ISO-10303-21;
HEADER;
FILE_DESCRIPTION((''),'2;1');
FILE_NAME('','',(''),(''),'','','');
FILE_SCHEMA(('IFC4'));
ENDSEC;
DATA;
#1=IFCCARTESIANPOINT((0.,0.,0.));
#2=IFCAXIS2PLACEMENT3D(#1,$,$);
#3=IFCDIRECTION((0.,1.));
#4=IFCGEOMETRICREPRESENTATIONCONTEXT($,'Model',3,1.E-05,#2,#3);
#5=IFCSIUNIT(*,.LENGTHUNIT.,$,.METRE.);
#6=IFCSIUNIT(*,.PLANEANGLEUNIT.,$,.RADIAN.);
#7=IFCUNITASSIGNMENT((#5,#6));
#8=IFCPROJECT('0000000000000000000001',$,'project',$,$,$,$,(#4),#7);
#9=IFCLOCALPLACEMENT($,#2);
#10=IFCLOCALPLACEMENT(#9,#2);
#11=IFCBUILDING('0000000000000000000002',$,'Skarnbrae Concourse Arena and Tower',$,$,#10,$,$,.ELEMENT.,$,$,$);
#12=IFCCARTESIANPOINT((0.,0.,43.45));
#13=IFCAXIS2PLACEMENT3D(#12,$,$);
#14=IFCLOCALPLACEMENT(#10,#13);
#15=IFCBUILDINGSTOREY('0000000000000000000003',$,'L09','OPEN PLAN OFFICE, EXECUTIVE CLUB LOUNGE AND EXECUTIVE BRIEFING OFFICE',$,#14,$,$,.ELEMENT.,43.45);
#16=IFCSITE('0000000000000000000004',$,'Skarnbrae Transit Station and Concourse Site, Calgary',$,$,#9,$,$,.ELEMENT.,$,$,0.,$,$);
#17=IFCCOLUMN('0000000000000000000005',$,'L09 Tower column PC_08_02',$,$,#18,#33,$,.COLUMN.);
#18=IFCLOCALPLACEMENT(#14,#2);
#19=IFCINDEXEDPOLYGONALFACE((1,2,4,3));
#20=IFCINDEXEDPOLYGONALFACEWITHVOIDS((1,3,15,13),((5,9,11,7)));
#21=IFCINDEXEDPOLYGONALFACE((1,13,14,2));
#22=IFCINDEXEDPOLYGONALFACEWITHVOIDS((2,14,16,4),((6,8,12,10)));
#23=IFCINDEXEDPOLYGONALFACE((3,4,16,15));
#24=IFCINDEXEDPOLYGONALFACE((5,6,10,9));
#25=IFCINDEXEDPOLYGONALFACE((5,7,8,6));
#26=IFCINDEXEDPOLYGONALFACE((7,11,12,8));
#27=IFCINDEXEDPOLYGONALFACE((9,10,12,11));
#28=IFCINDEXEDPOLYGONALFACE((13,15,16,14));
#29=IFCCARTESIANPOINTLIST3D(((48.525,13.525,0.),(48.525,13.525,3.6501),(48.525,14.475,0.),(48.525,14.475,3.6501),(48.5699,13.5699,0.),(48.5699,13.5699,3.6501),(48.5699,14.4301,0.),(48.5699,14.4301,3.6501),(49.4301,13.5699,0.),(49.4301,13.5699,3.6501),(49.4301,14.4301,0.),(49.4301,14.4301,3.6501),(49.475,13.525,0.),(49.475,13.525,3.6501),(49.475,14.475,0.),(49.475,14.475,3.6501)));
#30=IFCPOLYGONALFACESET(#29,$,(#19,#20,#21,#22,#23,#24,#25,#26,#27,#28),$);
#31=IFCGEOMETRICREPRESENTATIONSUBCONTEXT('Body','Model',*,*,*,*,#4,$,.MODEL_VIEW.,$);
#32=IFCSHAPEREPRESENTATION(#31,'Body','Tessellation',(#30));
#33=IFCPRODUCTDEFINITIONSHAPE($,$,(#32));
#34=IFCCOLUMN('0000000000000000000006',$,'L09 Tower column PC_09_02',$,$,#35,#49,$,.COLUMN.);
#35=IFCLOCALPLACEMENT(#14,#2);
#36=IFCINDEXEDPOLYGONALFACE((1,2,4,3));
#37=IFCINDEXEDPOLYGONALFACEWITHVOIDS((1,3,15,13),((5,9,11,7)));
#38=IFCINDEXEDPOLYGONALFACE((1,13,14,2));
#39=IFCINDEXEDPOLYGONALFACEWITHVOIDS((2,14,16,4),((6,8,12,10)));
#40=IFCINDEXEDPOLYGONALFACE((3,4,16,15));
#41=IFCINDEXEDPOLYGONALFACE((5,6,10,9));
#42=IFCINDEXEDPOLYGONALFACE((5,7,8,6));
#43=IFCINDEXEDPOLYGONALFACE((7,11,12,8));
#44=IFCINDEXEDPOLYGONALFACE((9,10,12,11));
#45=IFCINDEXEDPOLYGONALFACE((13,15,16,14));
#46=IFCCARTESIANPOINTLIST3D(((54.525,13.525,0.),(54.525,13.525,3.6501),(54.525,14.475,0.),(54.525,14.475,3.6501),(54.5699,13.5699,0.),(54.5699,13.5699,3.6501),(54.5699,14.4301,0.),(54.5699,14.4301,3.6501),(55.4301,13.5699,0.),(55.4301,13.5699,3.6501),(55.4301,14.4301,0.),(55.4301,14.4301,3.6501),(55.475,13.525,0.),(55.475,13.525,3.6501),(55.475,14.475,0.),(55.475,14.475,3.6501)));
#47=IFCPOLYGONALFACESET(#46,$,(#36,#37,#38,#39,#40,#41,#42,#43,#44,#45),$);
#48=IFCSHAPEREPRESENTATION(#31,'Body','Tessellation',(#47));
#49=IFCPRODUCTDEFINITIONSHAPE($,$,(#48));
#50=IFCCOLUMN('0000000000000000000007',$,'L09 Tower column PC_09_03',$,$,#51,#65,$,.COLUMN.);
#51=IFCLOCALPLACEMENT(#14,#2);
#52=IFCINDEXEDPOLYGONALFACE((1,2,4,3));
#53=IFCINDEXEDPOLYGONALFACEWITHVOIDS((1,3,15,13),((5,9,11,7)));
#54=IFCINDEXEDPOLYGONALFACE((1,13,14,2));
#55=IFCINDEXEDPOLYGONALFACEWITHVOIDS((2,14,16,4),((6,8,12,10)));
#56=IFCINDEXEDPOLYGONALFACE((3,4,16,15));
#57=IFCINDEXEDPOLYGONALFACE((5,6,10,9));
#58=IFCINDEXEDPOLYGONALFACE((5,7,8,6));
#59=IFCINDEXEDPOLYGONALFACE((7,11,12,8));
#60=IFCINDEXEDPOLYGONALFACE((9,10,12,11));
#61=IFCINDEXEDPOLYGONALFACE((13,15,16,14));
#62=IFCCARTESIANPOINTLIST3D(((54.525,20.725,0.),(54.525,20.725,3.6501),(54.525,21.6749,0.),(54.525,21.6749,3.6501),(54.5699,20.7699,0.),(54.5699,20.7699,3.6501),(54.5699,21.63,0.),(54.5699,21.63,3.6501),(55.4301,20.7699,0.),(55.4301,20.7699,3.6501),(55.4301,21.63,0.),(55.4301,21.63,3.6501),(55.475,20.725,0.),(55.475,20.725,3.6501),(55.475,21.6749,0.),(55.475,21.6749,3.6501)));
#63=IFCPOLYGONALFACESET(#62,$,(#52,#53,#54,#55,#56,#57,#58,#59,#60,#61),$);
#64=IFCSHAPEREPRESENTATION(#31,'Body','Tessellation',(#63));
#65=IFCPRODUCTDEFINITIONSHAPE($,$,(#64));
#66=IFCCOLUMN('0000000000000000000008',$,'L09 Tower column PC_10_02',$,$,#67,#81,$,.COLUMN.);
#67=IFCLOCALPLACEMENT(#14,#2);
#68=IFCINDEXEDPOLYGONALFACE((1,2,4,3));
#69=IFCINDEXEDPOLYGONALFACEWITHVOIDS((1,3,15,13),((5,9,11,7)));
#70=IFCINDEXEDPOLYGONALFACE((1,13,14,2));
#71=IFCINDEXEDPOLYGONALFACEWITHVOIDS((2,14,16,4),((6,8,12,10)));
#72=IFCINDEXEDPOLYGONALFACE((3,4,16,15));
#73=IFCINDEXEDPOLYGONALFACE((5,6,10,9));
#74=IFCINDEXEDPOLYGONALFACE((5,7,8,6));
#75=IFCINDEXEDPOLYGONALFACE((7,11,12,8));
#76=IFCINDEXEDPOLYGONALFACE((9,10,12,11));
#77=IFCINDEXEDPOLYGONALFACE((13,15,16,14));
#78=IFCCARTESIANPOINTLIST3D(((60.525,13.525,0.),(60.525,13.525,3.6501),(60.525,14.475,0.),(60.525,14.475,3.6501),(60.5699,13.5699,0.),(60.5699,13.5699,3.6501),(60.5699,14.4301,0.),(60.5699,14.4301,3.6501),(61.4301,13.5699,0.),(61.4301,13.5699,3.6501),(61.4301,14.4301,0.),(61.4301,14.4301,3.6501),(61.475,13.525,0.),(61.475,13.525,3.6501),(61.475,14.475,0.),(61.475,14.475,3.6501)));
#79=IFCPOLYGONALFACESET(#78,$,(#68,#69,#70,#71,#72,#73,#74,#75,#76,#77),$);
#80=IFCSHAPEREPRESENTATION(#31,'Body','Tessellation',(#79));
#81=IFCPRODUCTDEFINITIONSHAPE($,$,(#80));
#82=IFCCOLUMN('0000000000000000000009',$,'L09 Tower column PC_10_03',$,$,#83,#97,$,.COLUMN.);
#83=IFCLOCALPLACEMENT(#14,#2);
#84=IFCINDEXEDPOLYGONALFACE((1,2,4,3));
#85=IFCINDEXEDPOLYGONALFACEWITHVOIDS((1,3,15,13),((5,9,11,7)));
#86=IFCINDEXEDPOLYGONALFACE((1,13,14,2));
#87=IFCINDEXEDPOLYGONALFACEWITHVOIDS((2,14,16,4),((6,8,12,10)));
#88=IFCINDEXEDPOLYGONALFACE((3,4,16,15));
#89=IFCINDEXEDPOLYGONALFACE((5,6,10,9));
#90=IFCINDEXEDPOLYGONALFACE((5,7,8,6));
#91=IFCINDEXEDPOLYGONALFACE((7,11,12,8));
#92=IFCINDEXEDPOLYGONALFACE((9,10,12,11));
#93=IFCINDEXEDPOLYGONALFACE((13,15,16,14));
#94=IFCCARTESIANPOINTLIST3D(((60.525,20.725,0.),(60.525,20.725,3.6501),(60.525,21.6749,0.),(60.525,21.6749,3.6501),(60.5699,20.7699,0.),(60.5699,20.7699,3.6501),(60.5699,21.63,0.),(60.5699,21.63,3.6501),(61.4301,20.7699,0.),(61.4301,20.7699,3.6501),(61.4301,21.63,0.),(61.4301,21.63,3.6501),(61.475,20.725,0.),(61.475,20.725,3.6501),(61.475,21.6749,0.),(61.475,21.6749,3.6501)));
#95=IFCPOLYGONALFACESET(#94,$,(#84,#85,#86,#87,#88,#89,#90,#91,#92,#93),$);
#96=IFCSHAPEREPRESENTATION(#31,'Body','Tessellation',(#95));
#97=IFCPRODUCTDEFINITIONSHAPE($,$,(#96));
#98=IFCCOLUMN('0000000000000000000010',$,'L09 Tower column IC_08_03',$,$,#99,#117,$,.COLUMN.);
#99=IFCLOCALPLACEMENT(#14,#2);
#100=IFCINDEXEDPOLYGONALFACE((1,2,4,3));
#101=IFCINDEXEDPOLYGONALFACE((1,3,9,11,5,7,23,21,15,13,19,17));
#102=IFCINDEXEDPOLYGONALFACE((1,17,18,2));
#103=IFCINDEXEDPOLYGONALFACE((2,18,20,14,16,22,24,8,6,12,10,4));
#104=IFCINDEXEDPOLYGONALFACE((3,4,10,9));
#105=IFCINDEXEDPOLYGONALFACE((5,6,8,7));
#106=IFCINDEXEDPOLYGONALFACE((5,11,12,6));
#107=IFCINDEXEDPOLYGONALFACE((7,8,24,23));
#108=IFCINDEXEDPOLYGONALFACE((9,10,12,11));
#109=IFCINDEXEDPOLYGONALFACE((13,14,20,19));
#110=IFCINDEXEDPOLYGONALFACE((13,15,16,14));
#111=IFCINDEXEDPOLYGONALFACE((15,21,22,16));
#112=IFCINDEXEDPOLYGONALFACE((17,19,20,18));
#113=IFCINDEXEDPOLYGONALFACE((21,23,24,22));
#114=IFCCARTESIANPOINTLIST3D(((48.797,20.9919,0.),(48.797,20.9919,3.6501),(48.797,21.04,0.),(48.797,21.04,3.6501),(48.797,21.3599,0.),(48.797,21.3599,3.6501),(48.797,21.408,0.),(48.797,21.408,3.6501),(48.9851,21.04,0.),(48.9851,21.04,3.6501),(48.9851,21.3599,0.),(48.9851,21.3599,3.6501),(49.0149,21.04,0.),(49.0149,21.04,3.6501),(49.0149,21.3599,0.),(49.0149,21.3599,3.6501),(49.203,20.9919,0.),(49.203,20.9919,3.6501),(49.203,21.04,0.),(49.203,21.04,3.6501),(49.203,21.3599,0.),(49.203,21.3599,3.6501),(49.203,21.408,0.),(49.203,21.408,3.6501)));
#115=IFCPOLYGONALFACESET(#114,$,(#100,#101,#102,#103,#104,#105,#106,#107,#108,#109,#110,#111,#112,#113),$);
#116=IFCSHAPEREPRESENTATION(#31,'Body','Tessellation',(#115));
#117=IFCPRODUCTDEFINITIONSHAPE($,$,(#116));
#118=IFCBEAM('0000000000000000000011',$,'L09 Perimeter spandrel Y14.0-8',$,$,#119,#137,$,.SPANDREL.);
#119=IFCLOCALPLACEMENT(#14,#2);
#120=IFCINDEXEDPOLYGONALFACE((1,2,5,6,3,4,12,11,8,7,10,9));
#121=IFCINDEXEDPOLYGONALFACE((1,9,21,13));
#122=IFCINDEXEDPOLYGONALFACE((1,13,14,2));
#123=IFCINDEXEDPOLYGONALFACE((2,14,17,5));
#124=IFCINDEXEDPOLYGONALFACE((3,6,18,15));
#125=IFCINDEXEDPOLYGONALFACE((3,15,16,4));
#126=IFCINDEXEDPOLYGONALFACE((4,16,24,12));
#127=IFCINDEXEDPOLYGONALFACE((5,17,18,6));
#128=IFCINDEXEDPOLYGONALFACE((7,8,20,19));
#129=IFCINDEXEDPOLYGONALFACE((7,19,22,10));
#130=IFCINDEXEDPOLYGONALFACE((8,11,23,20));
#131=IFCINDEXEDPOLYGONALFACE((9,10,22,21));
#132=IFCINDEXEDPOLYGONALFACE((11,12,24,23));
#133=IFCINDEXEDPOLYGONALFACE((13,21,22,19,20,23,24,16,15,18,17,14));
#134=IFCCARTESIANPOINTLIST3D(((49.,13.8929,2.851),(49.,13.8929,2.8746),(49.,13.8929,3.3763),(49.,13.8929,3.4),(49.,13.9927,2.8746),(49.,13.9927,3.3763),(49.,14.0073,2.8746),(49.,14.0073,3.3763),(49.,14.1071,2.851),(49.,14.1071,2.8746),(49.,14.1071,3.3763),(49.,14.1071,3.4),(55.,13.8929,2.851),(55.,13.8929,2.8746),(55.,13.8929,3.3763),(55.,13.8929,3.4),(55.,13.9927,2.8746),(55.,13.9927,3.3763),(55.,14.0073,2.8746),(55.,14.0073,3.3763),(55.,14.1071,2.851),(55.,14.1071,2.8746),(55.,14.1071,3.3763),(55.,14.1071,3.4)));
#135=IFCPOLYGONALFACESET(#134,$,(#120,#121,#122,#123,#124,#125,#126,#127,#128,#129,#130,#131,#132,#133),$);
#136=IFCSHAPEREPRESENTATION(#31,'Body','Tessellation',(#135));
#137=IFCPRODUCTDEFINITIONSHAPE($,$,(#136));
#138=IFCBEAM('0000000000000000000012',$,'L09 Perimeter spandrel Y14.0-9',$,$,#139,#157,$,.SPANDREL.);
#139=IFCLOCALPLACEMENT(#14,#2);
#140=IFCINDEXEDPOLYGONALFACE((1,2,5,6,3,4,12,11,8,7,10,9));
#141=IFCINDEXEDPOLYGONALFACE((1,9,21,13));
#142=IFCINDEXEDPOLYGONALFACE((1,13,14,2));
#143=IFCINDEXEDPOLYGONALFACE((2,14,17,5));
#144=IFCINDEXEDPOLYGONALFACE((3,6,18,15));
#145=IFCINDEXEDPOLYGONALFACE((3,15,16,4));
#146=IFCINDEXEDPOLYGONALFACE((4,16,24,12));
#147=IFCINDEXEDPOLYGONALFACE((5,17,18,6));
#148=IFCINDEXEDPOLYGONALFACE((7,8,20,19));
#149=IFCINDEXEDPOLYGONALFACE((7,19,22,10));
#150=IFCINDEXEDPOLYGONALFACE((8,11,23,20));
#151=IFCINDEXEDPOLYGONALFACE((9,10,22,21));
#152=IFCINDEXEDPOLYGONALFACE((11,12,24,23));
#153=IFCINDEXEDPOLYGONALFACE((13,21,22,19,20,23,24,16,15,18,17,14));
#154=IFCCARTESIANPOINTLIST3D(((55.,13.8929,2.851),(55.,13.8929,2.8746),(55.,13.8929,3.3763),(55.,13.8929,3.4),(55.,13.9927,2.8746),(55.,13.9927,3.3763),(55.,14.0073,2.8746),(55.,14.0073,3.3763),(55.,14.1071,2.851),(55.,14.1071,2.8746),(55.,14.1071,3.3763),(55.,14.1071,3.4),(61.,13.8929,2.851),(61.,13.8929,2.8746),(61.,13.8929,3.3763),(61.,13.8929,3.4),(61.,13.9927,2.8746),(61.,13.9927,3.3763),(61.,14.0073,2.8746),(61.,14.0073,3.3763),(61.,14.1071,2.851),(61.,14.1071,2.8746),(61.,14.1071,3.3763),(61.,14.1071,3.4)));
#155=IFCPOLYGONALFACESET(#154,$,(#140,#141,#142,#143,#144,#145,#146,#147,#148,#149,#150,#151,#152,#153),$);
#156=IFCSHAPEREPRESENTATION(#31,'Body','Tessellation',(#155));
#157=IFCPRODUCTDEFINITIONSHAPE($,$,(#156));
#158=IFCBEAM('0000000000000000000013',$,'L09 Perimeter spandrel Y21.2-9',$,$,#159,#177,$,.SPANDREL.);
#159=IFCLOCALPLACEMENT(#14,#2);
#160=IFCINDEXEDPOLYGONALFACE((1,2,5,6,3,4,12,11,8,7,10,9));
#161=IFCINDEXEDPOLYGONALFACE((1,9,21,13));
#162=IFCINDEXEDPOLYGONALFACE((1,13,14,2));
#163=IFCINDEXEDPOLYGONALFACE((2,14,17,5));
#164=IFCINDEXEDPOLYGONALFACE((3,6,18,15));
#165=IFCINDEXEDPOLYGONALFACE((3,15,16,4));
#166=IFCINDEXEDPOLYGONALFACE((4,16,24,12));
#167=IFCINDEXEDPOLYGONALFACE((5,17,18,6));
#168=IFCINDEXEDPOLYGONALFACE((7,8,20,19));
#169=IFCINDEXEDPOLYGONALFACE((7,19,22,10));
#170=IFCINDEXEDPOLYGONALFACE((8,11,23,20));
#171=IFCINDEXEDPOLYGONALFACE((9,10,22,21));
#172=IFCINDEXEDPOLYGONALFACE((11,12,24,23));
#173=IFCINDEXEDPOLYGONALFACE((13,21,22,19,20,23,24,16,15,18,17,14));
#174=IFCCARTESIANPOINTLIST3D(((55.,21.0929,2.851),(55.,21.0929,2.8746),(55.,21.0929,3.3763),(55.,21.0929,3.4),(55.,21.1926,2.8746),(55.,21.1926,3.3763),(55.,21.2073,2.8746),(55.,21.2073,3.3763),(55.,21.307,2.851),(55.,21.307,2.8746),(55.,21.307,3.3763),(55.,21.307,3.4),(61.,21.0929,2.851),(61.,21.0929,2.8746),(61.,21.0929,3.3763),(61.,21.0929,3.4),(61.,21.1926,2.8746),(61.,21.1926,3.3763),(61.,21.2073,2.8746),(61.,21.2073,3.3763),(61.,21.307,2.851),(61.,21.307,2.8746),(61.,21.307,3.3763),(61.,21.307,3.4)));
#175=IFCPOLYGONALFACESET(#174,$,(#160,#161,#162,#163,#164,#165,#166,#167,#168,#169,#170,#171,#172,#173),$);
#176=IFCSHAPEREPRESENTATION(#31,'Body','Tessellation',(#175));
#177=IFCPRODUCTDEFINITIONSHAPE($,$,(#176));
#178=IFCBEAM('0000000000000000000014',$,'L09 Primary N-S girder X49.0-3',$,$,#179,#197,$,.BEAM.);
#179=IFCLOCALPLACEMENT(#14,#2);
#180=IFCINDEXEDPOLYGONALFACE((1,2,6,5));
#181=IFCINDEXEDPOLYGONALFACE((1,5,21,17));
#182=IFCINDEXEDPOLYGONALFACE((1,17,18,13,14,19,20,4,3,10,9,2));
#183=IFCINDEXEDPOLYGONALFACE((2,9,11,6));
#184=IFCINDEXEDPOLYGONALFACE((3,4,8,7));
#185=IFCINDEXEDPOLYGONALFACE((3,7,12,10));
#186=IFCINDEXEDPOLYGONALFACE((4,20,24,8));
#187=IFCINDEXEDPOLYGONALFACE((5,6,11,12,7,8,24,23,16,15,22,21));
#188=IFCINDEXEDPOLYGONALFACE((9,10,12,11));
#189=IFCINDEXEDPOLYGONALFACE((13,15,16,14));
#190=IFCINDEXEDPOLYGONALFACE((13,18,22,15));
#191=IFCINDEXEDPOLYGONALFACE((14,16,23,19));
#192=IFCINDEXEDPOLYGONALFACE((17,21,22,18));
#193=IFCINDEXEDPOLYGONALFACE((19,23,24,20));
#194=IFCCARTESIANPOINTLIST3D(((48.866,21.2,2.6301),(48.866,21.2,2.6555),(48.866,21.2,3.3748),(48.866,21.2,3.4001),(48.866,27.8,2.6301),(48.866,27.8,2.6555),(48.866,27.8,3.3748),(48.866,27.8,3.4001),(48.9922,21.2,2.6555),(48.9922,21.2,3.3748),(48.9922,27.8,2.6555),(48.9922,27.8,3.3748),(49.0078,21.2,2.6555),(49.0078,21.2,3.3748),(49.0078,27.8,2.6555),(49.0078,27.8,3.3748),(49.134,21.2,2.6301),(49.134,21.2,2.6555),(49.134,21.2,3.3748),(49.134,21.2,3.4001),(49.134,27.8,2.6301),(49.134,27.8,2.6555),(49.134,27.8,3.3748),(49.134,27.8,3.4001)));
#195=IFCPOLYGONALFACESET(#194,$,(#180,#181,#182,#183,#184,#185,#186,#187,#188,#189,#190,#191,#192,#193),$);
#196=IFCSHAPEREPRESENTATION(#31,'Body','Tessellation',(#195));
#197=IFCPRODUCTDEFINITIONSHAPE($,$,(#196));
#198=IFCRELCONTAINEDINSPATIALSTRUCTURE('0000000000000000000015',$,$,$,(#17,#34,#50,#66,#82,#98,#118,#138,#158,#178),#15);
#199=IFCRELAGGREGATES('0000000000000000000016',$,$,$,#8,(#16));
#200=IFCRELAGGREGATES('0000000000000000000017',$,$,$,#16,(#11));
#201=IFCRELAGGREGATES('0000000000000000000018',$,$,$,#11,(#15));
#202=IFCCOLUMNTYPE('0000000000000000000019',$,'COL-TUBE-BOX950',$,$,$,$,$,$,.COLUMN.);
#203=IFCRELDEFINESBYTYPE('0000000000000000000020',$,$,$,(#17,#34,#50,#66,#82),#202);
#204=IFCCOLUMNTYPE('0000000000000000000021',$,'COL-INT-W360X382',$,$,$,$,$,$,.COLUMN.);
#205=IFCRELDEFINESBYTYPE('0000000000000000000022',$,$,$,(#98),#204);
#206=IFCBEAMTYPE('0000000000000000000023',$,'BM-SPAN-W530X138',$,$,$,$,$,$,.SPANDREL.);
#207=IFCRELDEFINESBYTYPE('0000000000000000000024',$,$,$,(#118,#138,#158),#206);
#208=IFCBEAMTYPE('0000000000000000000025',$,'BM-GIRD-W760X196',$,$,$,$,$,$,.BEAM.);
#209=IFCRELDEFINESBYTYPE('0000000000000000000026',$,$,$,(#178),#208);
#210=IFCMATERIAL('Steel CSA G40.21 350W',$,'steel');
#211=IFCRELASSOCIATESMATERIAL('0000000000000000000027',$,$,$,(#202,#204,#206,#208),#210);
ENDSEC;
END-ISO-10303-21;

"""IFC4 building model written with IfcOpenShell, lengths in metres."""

from ifc_helpers import new_model, si_unit, direction, frame, origin, origin_2d, place, context, subcontext, project, spatial, hollow_rectangle, i_section, extrude, source, transform, mapped, material, material_profile, profile_set, type_object, element, save


model = new_model("IFC4")

# Units and contexts
model_context = context("Model", 3, precision=1e-05, world=origin(), true_north=direction((0.0, 1.0)))
body_context = subcontext(model_context, "Body", "Model", "MODEL_VIEW")
ifc_project = project(units=[si_unit("LENGTHUNIT", "METRE"), si_unit("PLANEANGLEUNIT", "RADIAN")], contexts=[model_context])

# Site, building, storey
site_placement = place(None, origin())
site = spatial("IfcSite", under=ifc_project, at=site_placement, Name="Skarnbrae Transit Station and Concourse Site, Calgary", CompositionType="ELEMENT", RefElevation=0.0)
building_placement = place(site_placement, origin())
building = spatial("IfcBuilding", under=site, at=building_placement, Name="Skarnbrae Concourse Arena and Tower", CompositionType="ELEMENT")
storey_placement = place(building_placement, frame((0.0, 0.0, 43.45)))
storey = spatial("IfcBuildingStorey", under=building, at=storey_placement, Name="L09", Description="OPEN PLAN OFFICE, EXECUTIVE CLUB LOUNGE AND EXECUTIVE BRIEFING OFFICE", CompositionType="ELEMENT", Elevation=43.45)

# Columns
ifc_material_1 = material(Name="Steel CSA G40.21 350W", Category="steel")
ifc_material_profile_1 = material_profile(ifc_material_1, hollow_rectangle(XDim=0.95, YDim=0.95, WallThickness=0.0449, at=origin_2d()), Name="BOX950X950X45")
ifc_profile_set_1 = profile_set([ifc_material_profile_1], Name="Steel CSA G40.21 350W")
column_type_1 = type_object("IfcColumnType", Name="COL-TUBE-BOX950", PredefinedType="COLUMN", material=ifc_profile_set_1)
shared_shape_1 = source(origin(), body_context, "Body", "SweptSolid", [
    extrude(hollow_rectangle(XDim=0.95, YDim=0.95, WallThickness=0.0449, at=origin_2d()), origin(), (0.0, 0.0, 1.0), 3.6501),
])
for number, where, z_axis, x_axis, name in (
    (1, (49.0, 14.0, 0.0), (0.0, 0.0, 1.0), (1.0, 0.0, 0.0), "L09 Tower column PC_08_02"),
    (2, (55.0, 14.0, 0.0), (0.0, 0.0, 1.0), (1.0, 0.0, 0.0), "L09 Tower column PC_09_02"),
    (3, (55.0, 21.2, 0.0), (0.0, 0.0, 1.0), (1.0, 0.0, 0.0), "L09 Tower column PC_09_03"),
    (4, (61.0, 14.0, 0.0), (0.0, 0.0, 1.0), (1.0, 0.0, 0.0), "L09 Tower column PC_10_02"),
    (5, (61.0, 21.2, 0.0), (0.0, 0.0, 1.0), (1.0, 0.0, 0.0), "L09 Tower column PC_10_03"),
):
    element("IfcColumn", number, at=place(storey_placement, frame(where, z_axis=z_axis, x_axis=x_axis)), inside=storey, type_object=column_type_1, Name=name, PredefinedType="COLUMN", context=body_context, shape_type="MappedRepresentation", body=[
        mapped(shared_shape_1, transform((0.0, 0.0, 0.0))),
    ])
ifc_material_profile_2 = material_profile(ifc_material_1, i_section(OverallWidth=0.406, OverallDepth=0.416, WebThickness=0.0298, FlangeThickness=0.0481, at=origin_2d()), Name="W360X382")
ifc_profile_set_2 = profile_set([ifc_material_profile_2], Name="Steel CSA G40.21 350W")
column_type_2 = type_object("IfcColumnType", Name="COL-INT-W360X382", PredefinedType="COLUMN", material=ifc_profile_set_2)
shared_shape_2 = source(origin(), body_context, "Body", "SweptSolid", [
    extrude(i_section(OverallWidth=0.406, OverallDepth=0.416, WebThickness=0.0298, FlangeThickness=0.0481, at=origin_2d()), origin(), (0.0, 0.0, 1.0), 3.6501),
])
column_placement = place(storey_placement, frame((49.0, 21.2, 0.0), z_axis=(0.0, 0.0, 1.0), x_axis=(1.0, 0.0, 0.0)))
element("IfcColumn", 6, at=column_placement, inside=storey, type_object=column_type_2, Name="L09 Tower column IC_08_03", PredefinedType="COLUMN", context=body_context, shape_type="MappedRepresentation", body=[
    mapped(shared_shape_2, transform((0.0, 0.0, 0.0))),
])

# Beams
ifc_material_profile_3 = material_profile(ifc_material_1, i_section(OverallWidth=0.2141, OverallDepth=0.5491, WebThickness=0.0146, FlangeThickness=0.0237, at=origin_2d()), Name="W530X138")
ifc_profile_set_3 = profile_set([ifc_material_profile_3], Name="Steel CSA G40.21 350W")
beam_type_1 = type_object("IfcBeamType", Name="BM-SPAN-W530X138", PredefinedType="SPANDREL", material=ifc_profile_set_3)
shared_shape_3 = source(origin(), body_context, "Body", "SweptSolid", [
    extrude(i_section(OverallWidth=0.2141, OverallDepth=0.5491, WebThickness=0.0146, FlangeThickness=0.0237, at=origin_2d()), origin(), (0.0, 0.0, 1.0), 6.0),
])
for number, where, z_axis, x_axis, name in (
    (7, (49.0, 14.0, 3.1255), (1.0, 0.0, 0.0), (0.0, 1.0, 0.0), "L09 Perimeter spandrel Y14.0-8"),
    (8, (55.0, 14.0, 3.1255), (1.0, 0.0, 0.0), (0.0, 1.0, 0.0), "L09 Perimeter spandrel Y14.0-9"),
    (9, (55.0, 21.2, 3.1255), (1.0, 0.0, 0.0), (0.0, 1.0, 0.0), "L09 Perimeter spandrel Y21.2-9"),
):
    element("IfcBeam", number, at=place(storey_placement, frame(where, z_axis=z_axis, x_axis=x_axis)), inside=storey, type_object=beam_type_1, Name=name, PredefinedType="SPANDREL", context=body_context, shape_type="MappedRepresentation", body=[
        mapped(shared_shape_3, transform((0.0, 0.0, 0.0))),
    ])
ifc_material_profile_4 = material_profile(ifc_material_1, i_section(OverallWidth=0.2681, OverallDepth=0.77, WebThickness=0.0156, FlangeThickness=0.0254, at=origin_2d()), Name="W760X196")
ifc_profile_set_4 = profile_set([ifc_material_profile_4], Name="Steel CSA G40.21 350W")
beam_type_2 = type_object("IfcBeamType", Name="BM-GIRD-W760X196", PredefinedType="BEAM", material=ifc_profile_set_4)
shared_shape_4 = source(origin(), body_context, "Body", "SweptSolid", [
    extrude(i_section(OverallWidth=0.2681, OverallDepth=0.77, WebThickness=0.0156, FlangeThickness=0.0254, at=origin_2d()), origin(), (0.0, 0.0, 1.0), 6.6001),
])
beam_1_placement = place(storey_placement, frame((49.0, 21.2, 3.0151), z_axis=(0.0, 1.0, 0.0), x_axis=(-1.0, 0.0, 0.0)))
element("IfcBeam", 10, at=beam_1_placement, inside=storey, type_object=beam_type_2, Name="L09 Primary N-S girder X49.0-3", PredefinedType="BEAM", context=body_context, shape_type="MappedRepresentation", body=[
    mapped(shared_shape_4, transform((0.0, 0.0, 0.0))),
])

save(model, "model.ifc")
